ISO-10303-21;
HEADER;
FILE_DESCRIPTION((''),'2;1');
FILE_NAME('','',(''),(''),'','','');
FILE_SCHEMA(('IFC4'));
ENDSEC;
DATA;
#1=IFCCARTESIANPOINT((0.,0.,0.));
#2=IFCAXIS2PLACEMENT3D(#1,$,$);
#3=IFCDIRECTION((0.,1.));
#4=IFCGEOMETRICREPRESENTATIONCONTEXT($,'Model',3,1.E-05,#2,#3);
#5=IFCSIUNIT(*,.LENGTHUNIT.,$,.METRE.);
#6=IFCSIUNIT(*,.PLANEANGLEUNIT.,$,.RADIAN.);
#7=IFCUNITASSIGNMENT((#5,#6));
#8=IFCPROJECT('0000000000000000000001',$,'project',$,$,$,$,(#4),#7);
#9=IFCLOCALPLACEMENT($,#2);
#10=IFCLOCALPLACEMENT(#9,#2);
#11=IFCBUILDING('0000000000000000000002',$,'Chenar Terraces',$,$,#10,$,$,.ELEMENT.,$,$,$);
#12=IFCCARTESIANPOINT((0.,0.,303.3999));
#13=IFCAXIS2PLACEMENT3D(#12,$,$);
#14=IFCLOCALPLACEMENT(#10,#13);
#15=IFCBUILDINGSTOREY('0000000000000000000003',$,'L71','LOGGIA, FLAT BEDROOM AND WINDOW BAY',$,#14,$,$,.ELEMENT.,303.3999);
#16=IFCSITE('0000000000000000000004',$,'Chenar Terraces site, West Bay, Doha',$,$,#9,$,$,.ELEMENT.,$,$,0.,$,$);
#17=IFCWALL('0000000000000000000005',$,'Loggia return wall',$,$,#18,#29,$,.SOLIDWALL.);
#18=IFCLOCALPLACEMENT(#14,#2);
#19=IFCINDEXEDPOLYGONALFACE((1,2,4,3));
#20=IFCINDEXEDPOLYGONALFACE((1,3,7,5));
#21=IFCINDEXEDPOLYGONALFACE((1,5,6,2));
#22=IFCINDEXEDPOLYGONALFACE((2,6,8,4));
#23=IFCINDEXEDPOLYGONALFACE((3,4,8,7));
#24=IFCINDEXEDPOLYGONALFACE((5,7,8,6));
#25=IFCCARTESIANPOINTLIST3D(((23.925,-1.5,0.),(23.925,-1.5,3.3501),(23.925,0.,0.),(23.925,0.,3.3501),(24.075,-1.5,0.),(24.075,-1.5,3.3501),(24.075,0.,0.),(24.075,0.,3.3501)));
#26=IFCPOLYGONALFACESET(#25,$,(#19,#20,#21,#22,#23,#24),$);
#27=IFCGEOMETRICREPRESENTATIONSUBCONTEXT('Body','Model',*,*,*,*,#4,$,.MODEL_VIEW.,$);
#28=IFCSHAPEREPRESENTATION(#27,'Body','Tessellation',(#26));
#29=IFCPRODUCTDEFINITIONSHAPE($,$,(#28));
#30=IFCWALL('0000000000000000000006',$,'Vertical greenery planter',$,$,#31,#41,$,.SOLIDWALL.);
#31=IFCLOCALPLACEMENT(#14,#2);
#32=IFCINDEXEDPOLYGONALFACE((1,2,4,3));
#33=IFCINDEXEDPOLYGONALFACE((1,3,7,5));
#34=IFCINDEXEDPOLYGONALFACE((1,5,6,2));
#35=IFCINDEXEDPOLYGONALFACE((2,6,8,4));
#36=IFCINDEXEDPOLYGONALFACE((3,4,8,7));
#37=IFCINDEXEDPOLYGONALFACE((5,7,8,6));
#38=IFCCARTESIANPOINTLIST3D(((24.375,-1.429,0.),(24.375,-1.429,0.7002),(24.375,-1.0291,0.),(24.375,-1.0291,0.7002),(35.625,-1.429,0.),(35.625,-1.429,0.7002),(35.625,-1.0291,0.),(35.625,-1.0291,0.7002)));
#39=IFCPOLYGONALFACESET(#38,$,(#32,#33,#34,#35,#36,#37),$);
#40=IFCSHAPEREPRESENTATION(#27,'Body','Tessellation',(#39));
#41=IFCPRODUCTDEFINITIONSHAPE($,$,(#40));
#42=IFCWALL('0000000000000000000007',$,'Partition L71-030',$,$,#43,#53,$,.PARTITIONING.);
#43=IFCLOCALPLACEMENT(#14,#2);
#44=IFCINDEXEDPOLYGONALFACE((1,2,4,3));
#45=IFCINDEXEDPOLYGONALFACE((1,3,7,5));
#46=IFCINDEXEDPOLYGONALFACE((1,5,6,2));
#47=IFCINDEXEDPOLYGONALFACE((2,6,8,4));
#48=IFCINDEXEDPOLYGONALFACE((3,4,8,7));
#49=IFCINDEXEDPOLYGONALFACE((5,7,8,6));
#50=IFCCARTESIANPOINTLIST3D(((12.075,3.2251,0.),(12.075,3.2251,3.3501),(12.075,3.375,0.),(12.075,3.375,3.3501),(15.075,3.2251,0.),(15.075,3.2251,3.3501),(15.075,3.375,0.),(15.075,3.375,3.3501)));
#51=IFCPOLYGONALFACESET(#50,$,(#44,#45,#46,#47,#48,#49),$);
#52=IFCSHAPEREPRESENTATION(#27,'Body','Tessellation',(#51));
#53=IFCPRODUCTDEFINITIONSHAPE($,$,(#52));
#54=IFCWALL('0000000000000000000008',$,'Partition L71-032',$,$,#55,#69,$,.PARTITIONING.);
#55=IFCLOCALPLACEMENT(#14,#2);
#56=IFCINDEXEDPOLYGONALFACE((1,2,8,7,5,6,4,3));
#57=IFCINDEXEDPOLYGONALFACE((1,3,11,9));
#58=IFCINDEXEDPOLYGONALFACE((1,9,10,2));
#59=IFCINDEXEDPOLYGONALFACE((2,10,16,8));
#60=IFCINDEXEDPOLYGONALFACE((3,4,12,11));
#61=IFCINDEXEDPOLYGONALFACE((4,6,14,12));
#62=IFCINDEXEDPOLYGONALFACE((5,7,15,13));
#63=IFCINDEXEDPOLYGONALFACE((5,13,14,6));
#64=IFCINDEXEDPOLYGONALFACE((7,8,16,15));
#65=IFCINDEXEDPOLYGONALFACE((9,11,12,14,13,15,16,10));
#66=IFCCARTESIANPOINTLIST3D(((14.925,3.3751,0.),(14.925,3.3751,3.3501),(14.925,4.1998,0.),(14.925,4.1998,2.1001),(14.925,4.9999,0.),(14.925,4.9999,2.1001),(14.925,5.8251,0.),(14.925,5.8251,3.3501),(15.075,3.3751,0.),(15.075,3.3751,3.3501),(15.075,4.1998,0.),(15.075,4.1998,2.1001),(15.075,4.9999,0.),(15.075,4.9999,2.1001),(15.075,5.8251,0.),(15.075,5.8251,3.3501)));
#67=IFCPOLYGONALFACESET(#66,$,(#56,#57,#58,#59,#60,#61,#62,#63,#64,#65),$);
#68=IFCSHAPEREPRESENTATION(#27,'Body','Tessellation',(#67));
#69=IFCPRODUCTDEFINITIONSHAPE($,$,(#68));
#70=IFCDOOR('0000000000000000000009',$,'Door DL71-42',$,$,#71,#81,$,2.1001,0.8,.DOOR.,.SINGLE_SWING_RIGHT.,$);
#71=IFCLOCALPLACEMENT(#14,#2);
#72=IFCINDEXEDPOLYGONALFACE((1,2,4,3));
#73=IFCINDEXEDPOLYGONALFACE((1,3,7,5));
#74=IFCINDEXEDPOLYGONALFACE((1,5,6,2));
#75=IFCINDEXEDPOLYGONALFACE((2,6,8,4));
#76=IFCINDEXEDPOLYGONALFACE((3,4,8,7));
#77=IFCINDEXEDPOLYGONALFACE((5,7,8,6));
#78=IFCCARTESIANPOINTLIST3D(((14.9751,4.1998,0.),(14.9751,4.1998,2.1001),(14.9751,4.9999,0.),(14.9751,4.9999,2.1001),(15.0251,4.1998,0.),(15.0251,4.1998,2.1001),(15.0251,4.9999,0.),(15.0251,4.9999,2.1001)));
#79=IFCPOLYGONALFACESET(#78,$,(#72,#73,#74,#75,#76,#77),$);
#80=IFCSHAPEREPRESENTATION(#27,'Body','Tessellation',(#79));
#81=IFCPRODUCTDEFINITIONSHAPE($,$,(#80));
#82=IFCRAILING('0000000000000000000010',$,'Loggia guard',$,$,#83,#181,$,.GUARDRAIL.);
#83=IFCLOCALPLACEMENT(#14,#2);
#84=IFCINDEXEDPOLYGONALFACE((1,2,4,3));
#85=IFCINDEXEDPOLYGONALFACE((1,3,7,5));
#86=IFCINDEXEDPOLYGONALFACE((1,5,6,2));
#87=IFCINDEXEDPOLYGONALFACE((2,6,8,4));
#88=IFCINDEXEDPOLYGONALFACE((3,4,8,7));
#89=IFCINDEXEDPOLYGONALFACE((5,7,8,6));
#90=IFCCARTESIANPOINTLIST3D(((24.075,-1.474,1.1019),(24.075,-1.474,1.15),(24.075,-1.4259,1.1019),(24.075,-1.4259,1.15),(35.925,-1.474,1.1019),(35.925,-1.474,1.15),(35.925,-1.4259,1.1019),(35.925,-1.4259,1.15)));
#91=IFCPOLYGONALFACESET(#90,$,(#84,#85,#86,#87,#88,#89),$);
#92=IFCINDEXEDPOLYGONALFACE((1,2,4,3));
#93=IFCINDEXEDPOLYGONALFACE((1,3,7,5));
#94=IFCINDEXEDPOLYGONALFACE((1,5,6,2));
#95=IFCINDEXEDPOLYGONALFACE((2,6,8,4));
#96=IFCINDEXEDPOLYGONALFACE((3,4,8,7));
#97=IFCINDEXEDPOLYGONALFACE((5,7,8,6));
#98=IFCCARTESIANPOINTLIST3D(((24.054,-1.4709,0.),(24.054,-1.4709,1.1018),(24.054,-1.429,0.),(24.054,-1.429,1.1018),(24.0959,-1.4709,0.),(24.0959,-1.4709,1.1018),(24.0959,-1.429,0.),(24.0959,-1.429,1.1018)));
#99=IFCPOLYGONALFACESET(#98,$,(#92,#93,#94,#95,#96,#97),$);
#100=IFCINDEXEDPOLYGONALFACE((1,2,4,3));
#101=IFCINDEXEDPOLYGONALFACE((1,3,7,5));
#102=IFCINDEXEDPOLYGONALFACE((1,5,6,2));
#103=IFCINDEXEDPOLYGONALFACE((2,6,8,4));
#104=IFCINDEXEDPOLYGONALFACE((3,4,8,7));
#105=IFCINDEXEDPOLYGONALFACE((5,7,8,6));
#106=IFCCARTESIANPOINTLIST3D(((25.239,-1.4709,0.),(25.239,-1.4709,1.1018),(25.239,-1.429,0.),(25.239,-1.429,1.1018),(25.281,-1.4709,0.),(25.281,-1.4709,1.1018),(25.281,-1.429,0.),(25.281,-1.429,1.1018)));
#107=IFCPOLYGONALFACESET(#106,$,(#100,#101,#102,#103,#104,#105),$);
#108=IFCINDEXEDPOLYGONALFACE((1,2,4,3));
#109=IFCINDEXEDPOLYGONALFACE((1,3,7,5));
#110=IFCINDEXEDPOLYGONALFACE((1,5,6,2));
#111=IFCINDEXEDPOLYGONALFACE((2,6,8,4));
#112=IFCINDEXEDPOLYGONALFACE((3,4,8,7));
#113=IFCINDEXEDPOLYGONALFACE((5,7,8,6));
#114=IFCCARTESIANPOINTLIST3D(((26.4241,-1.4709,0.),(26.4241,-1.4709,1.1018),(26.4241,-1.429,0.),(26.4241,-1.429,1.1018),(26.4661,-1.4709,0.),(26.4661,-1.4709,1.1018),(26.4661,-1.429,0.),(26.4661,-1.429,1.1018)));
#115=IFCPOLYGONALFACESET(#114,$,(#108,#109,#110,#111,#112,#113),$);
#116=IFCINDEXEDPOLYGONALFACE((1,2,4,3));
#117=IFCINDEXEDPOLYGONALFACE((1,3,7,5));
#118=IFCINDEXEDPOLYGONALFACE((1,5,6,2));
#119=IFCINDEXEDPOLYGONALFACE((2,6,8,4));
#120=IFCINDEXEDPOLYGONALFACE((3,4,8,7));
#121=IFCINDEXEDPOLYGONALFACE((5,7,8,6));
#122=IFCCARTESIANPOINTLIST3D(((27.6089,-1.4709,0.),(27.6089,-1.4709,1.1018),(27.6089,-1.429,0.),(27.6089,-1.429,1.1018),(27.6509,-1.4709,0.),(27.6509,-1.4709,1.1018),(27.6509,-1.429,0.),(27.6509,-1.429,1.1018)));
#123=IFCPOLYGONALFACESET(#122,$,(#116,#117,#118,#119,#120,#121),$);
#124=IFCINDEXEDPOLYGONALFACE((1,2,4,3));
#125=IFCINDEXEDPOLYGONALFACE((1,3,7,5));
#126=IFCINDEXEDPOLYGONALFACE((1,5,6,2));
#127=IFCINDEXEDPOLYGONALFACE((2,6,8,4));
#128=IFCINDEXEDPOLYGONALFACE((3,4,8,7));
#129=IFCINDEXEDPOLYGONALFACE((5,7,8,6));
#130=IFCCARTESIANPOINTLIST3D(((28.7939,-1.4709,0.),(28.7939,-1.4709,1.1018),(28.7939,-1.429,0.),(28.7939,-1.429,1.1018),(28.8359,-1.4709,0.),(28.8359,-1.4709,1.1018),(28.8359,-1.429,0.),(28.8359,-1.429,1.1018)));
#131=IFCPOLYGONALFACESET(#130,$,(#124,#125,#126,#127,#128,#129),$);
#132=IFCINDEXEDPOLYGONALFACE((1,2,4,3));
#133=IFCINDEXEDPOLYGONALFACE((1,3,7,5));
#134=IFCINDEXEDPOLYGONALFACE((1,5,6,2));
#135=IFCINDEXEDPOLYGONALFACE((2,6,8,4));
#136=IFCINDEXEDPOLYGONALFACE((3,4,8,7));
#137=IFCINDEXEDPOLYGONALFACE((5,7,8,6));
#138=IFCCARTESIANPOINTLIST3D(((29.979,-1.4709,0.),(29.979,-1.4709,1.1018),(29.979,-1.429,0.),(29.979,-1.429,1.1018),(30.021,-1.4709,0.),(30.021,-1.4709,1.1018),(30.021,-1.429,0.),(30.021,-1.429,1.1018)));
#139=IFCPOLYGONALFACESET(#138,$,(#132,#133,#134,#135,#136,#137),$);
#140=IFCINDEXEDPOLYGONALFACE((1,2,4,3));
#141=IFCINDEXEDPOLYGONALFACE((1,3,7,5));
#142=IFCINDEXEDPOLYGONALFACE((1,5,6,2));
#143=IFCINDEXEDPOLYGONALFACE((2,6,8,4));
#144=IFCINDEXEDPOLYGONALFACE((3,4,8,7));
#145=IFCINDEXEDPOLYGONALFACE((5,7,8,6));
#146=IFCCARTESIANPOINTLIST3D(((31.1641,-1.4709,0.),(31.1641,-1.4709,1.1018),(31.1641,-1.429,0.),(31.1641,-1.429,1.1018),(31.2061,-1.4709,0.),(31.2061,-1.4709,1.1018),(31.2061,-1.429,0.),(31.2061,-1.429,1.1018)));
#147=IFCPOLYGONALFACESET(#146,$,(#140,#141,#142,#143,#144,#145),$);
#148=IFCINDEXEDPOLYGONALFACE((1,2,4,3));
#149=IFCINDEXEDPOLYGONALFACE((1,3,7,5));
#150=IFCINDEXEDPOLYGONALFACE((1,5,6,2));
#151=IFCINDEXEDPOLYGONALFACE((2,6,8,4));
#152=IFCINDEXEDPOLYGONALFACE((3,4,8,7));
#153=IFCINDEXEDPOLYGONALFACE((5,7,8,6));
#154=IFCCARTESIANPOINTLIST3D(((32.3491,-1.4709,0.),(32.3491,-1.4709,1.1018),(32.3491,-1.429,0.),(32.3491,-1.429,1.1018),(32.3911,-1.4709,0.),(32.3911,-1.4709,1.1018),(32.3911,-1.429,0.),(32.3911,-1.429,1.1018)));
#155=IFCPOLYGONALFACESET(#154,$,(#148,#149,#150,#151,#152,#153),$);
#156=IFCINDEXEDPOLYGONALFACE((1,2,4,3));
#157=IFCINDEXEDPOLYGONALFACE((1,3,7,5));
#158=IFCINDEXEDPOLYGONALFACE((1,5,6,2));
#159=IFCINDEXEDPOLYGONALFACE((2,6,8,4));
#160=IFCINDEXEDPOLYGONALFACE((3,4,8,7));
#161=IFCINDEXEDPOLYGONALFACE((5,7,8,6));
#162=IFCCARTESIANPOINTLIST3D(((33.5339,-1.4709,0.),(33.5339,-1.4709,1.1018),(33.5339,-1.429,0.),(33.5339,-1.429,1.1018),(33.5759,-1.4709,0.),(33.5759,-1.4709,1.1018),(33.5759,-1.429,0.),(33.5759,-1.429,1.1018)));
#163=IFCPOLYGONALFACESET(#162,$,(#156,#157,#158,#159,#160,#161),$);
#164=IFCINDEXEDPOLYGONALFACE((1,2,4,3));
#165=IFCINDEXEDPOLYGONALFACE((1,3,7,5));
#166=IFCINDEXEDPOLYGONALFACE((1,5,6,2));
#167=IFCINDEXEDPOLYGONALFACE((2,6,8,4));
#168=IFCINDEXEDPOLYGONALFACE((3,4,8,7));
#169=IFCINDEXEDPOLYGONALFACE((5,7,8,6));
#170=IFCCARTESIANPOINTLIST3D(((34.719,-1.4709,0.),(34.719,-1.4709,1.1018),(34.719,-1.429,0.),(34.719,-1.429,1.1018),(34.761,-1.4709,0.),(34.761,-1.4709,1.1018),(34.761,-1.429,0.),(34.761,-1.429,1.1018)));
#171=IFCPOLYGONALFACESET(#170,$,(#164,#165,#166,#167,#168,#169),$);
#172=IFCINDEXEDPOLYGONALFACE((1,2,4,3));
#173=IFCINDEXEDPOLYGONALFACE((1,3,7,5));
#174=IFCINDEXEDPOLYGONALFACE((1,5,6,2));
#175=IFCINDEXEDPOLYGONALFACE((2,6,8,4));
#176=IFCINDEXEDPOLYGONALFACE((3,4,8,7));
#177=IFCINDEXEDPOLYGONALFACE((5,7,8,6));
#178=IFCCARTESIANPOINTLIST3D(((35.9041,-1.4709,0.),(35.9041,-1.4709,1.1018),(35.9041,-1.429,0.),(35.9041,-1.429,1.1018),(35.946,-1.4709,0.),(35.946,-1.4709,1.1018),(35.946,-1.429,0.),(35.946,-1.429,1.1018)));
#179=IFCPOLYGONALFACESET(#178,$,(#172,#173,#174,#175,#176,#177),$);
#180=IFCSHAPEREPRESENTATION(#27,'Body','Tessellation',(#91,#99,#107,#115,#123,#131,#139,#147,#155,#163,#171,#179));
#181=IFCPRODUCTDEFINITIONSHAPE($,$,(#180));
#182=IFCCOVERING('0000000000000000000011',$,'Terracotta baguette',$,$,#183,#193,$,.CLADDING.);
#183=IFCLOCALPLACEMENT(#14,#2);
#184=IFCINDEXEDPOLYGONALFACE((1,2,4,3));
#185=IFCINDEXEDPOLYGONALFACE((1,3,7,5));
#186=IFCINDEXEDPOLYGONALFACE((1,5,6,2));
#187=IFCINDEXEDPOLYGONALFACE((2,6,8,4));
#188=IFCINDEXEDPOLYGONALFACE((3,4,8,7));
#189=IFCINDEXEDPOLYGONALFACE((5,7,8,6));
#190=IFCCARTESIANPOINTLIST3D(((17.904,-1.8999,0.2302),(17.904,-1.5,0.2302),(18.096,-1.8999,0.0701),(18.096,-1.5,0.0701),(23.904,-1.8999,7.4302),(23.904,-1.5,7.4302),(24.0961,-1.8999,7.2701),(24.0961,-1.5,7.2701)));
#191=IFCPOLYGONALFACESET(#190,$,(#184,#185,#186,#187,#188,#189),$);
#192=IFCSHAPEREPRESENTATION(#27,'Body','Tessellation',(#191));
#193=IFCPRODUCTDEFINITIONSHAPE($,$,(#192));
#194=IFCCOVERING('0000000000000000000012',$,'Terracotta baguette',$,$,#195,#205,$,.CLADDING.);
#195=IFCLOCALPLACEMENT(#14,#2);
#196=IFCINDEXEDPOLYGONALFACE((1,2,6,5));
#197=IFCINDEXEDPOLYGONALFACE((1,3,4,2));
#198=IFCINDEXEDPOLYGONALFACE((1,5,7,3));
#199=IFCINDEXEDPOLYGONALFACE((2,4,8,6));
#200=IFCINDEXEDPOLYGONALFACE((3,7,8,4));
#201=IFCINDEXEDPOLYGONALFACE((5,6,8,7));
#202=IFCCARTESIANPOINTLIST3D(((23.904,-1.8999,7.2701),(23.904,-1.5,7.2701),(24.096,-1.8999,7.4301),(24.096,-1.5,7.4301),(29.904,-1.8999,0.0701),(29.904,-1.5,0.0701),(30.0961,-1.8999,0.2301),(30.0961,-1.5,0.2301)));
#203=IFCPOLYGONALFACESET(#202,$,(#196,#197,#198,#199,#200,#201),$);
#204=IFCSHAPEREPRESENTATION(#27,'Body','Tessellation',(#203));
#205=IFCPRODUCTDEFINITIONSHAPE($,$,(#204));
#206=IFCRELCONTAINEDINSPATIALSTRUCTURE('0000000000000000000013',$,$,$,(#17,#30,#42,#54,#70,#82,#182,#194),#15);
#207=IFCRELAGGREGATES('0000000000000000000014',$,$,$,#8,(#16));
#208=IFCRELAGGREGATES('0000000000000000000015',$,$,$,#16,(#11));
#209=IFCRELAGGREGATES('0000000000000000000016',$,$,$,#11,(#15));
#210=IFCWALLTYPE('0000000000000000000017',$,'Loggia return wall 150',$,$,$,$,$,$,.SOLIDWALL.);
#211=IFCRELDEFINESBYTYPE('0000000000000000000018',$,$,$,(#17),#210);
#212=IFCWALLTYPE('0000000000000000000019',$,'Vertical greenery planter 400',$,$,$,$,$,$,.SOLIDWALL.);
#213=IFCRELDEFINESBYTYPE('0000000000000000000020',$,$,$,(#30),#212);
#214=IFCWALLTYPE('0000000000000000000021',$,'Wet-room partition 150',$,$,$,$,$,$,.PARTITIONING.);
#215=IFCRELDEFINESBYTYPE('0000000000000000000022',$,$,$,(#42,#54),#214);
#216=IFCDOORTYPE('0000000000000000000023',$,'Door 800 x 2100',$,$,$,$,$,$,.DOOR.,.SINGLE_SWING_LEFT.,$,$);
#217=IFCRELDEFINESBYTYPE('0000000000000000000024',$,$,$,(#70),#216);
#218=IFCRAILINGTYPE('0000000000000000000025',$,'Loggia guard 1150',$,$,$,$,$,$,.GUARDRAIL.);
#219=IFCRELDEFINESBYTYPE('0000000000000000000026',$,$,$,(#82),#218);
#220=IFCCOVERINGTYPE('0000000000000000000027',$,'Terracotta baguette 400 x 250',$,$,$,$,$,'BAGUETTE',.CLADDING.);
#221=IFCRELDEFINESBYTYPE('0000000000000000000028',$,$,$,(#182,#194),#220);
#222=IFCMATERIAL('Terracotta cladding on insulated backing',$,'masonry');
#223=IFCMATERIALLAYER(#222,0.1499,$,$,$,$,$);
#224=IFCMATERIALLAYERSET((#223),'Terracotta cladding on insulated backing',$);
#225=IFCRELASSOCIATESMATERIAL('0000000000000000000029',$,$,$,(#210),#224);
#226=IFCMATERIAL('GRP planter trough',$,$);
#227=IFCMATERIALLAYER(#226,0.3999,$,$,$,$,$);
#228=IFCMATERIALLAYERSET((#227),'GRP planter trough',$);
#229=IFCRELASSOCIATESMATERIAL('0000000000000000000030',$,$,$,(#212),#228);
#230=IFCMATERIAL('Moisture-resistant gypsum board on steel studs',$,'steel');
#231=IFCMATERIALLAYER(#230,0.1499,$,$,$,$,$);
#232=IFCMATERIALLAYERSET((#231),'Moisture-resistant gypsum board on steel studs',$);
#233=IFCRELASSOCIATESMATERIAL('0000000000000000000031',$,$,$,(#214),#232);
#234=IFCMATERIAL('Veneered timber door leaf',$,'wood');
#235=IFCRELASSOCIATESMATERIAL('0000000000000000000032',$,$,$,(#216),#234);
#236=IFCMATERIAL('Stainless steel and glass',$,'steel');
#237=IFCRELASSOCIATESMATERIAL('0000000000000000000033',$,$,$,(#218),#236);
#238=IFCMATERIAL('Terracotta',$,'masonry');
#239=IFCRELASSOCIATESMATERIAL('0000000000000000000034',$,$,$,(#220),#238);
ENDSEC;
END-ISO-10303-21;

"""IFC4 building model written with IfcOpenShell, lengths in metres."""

from ifc_helpers import new_model, si_unit, direction, frame, frame_2d, origin, origin_2d, place, context, subcontext, project, spatial, rectangle, extrude, material, layer, layer_set, material_profile, profile_set, type_object, element, fill, save


model = new_model("IFC4")

# Units and contexts
model_context = context("Model", 3, precision=1e-05, world=origin(), true_north=direction((0.0, 1.0)))
body_context = subcontext(model_context, "Body", "Model", "MODEL_VIEW")
ifc_project = project(units=[si_unit("LENGTHUNIT", "METRE"), si_unit("PLANEANGLEUNIT", "RADIAN")], contexts=[model_context])

# Site, building, storey
site_placement = place(None, origin())
site = spatial("IfcSite", under=ifc_project, at=site_placement, Name="Chenar Terraces site, West Bay, Doha", CompositionType="ELEMENT", RefElevation=0.0)
building_placement = place(site_placement, origin())
building = spatial("IfcBuilding", under=site, at=building_placement, Name="Chenar Terraces", CompositionType="ELEMENT")
storey_placement = place(building_placement, frame((0.0, 0.0, 303.3999)))
storey = spatial("IfcBuildingStorey", under=building, at=storey_placement, Name="L71", Description="LOGGIA, FLAT BEDROOM AND WINDOW BAY", CompositionType="ELEMENT", Elevation=303.3999)

# Walls
ifc_material_1 = material(Name="Terracotta cladding on insulated backing", Category="masonry")
ifc_layer_1 = layer(ifc_material_1, 0.1499)
ifc_layer_set_1 = layer_set([ifc_layer_1], Name="Terracotta cladding on insulated backing")
wall_type_1 = type_object("IfcWallType", Name="Loggia return wall 150", PredefinedType="SOLIDWALL", material=ifc_layer_set_1)
wall_1_placement = place(storey_placement, frame((24.0, -1.5, 0.0), z_axis=(0.0, 0.0, 1.0), x_axis=(0.0, 1.0, 0.0)))
element("IfcWall", 1, at=wall_1_placement, inside=storey, type_object=wall_type_1, Name="Loggia return wall", PredefinedType="SOLIDWALL", context=body_context, shape_type="SweptSolid", body=[
    extrude(rectangle(XDim=1.5, YDim=0.1499, at=frame_2d((0.75, 0.0))), origin(), (0.0, 0.0, 1.0), 3.3501),
])
ifc_material_2 = material(Name="GRP planter trough")
ifc_layer_2 = layer(ifc_material_2, 0.3999)
ifc_layer_set_2 = layer_set([ifc_layer_2], Name="GRP planter trough")
wall_type_2 = type_object("IfcWallType", Name="Vertical greenery planter 400", PredefinedType="SOLIDWALL", material=ifc_layer_set_2)
wall_2_placement = place(storey_placement, frame((24.375, -1.229, 0.0), z_axis=(0.0, 0.0, 1.0), x_axis=(1.0, 0.0, 0.0)))
element("IfcWall", 2, at=wall_2_placement, inside=storey, type_object=wall_type_2, Name="Vertical greenery planter", PredefinedType="SOLIDWALL", context=body_context, shape_type="SweptSolid", body=[
    extrude(rectangle(XDim=11.25, YDim=0.3999, at=frame_2d((5.625, 0.0))), origin(), (0.0, 0.0, 1.0), 0.7002),
])
ifc_material_3 = material(Name="Moisture-resistant gypsum board on steel studs", Category="steel")
ifc_layer_3 = layer(ifc_material_3, 0.1499)
ifc_layer_set_3 = layer_set([ifc_layer_3], Name="Moisture-resistant gypsum board on steel studs")
wall_type_3 = type_object("IfcWallType", Name="Wet-room partition 150", PredefinedType="PARTITIONING", material=ifc_layer_set_3)
wall_3_placement = place(storey_placement, frame((12.075, 3.3, 0.0), z_axis=(0.0, 0.0, 1.0), x_axis=(1.0, 0.0, 0.0)))
element("IfcWall", 3, at=wall_3_placement, inside=storey, type_object=wall_type_3, Name="Partition L71-030", PredefinedType="PARTITIONING", context=body_context, shape_type="SweptSolid", body=[
    extrude(rectangle(XDim=3.0, YDim=0.1499, at=frame_2d((1.5, 0.0))), origin(), (0.0, 0.0, 1.0), 3.3501),
])

# Wall, opening, door
wall_4_placement = place(storey_placement, frame((15.0, 3.375, 0.0), z_axis=(0.0, 0.0, 1.0), x_axis=(0.0, 1.0, 0.0)))
wall_4 = element("IfcWall", 4, at=wall_4_placement, inside=storey, type_object=wall_type_3, Name="Partition L71-032", PredefinedType="PARTITIONING", context=body_context, shape_type="SweptSolid", body=[
    extrude(rectangle(XDim=2.45, YDim=0.1499, at=frame_2d((1.2251, 0.0))), origin(), (0.0, 0.0, 1.0), 3.3501),
])
opening_1_placement = place(wall_4_placement, frame((0.825, 0.0, 0.0)))
opening_1 = element("IfcOpeningElement", 5, at=opening_1_placement, cuts=wall_4, PredefinedType="OPENING", context=body_context, shape_type="SweptSolid", body=[
    extrude(rectangle(XDim=0.8, YDim=2.1001, at=frame_2d((0.3999, 1.05))), frame((0.0, 0.085, 0.0), z_axis=(0.0, -1.0, 0.0), x_axis=(1.0, 0.0, 0.0)), (0.0, 0.0, 1.0), 0.1699),
])
ifc_material_4 = material(Name="Veneered timber door leaf", Category="wood")
door_type_1 = type_object("IfcDoorType", Name="Door 800 x 2100", OperationType="SINGLE_SWING_LEFT", PredefinedType="DOOR", material=ifc_material_4)
door_1_placement = place(opening_1_placement, origin())
door_1 = element("IfcDoor", 6, at=door_1_placement, inside=storey, type_object=door_type_1, Name="Door DL71-42", OperationType="SINGLE_SWING_RIGHT", OverallHeight=2.1001, OverallWidth=0.8, PredefinedType="DOOR", context=body_context, shape_type="SweptSolid", body=[
    extrude(rectangle(XDim=0.8, YDim=2.1001, at=frame_2d((0.3999, 1.05))), frame((0.0, 0.0249, 0.0), z_axis=(0.0, -1.0, 0.0), x_axis=(1.0, 0.0, 0.0)), (0.0, 0.0, 1.0), 0.05),
])
fill(opening_1, door_1)

# Railing
ifc_material_5 = material(Name="Stainless steel and glass", Category="steel")
railing_type = type_object("IfcRailingType", Name="Loggia guard 1150", PredefinedType="GUARDRAIL", material=ifc_material_5)
railing_placement = place(storey_placement, frame((24.075, -1.45, 0.0)))
element("IfcRailing", 7, at=railing_placement, inside=storey, type_object=railing_type, Name="Loggia guard", PredefinedType="GUARDRAIL", context=body_context, shape_type="SweptSolid", body=[
    extrude(rectangle(XDim=0.0481, YDim=0.0481, at=origin_2d()), frame((0.0, 0.0, 1.126), z_axis=(1.0, 0.0, 0.0), x_axis=(0.0, 1.0, 0.0)), (0.0, 0.0, 1.0), 11.8501),
    extrude(rectangle(XDim=0.042, YDim=0.042, at=origin_2d()), origin(), (0.0, 0.0, 1.0), 1.1018),
    extrude(rectangle(XDim=0.042, YDim=0.042, at=origin_2d()), frame((1.1851, 0.0, 0.0)), (0.0, 0.0, 1.0), 1.1018),
    extrude(rectangle(XDim=0.042, YDim=0.042, at=origin_2d()), frame((2.3701, 0.0, 0.0)), (0.0, 0.0, 1.0), 1.1018),
    extrude(rectangle(XDim=0.042, YDim=0.042, at=origin_2d()), frame((3.5549, 0.0, 0.0)), (0.0, 0.0, 1.0), 1.1018),
    extrude(rectangle(XDim=0.042, YDim=0.042, at=origin_2d()), frame((4.74, 0.0, 0.0)), (0.0, 0.0, 1.0), 1.1018),
    extrude(rectangle(XDim=0.042, YDim=0.042, at=origin_2d()), frame((5.925, 0.0, 0.0)), (0.0, 0.0, 1.0), 1.1018),
    extrude(rectangle(XDim=0.042, YDim=0.042, at=origin_2d()), frame((7.1101, 0.0, 0.0)), (0.0, 0.0, 1.0), 1.1018),
    extrude(rectangle(XDim=0.042, YDim=0.042, at=origin_2d()), frame((8.2952, 0.0, 0.0)), (0.0, 0.0, 1.0), 1.1018),
    extrude(rectangle(XDim=0.042, YDim=0.042, at=origin_2d()), frame((9.48, 0.0, 0.0)), (0.0, 0.0, 1.0), 1.1018),
    extrude(rectangle(XDim=0.042, YDim=0.042, at=origin_2d()), frame((10.665, 0.0, 0.0)), (0.0, 0.0, 1.0), 1.1018),
    extrude(rectangle(XDim=0.042, YDim=0.042, at=origin_2d()), frame((11.8501, 0.0, 0.0)), (0.0, 0.0, 1.0), 1.1018),
])

# Coverings
ifc_material_6 = material(Name="Terracotta", Category="masonry")
ifc_material_profile_1 = material_profile(ifc_material_6, rectangle(XDim=0.3999, YDim=0.25, at=origin_2d()), Name="Terracotta baguette 400 x 250")
ifc_profile_set_1 = profile_set([ifc_material_profile_1], Name="Terracotta")
covering_type = type_object("IfcCoveringType", Name="Terracotta baguette 400 x 250", ElementType="BAGUETTE", PredefinedType="CLADDING", material=ifc_profile_set_1)
for number, where, z_axis, x_axis, name in (
    (8, (18.0, -1.7, 0.1501), (0.640187, 0.0, 0.768219), (0.0, 1.0, 0.0), "Terracotta baguette"),
    (9, (24.0, -1.7, 7.3501), (0.640187, 0.0, -0.768219), (0.0, 1.0, 0.0), "Terracotta baguette"),
):
    element("IfcCovering", number, at=place(storey_placement, frame(where, z_axis=z_axis, x_axis=x_axis)), inside=storey, type_object=covering_type, Name=name, PredefinedType="CLADDING", context=body_context, shape_type="SweptSolid", body=[
        extrude(rectangle(XDim=0.3999, YDim=0.25, at=origin_2d()), origin(), (0.0, 0.0, 1.0), 9.3723),
    ])

save(model, "model.ifc")
